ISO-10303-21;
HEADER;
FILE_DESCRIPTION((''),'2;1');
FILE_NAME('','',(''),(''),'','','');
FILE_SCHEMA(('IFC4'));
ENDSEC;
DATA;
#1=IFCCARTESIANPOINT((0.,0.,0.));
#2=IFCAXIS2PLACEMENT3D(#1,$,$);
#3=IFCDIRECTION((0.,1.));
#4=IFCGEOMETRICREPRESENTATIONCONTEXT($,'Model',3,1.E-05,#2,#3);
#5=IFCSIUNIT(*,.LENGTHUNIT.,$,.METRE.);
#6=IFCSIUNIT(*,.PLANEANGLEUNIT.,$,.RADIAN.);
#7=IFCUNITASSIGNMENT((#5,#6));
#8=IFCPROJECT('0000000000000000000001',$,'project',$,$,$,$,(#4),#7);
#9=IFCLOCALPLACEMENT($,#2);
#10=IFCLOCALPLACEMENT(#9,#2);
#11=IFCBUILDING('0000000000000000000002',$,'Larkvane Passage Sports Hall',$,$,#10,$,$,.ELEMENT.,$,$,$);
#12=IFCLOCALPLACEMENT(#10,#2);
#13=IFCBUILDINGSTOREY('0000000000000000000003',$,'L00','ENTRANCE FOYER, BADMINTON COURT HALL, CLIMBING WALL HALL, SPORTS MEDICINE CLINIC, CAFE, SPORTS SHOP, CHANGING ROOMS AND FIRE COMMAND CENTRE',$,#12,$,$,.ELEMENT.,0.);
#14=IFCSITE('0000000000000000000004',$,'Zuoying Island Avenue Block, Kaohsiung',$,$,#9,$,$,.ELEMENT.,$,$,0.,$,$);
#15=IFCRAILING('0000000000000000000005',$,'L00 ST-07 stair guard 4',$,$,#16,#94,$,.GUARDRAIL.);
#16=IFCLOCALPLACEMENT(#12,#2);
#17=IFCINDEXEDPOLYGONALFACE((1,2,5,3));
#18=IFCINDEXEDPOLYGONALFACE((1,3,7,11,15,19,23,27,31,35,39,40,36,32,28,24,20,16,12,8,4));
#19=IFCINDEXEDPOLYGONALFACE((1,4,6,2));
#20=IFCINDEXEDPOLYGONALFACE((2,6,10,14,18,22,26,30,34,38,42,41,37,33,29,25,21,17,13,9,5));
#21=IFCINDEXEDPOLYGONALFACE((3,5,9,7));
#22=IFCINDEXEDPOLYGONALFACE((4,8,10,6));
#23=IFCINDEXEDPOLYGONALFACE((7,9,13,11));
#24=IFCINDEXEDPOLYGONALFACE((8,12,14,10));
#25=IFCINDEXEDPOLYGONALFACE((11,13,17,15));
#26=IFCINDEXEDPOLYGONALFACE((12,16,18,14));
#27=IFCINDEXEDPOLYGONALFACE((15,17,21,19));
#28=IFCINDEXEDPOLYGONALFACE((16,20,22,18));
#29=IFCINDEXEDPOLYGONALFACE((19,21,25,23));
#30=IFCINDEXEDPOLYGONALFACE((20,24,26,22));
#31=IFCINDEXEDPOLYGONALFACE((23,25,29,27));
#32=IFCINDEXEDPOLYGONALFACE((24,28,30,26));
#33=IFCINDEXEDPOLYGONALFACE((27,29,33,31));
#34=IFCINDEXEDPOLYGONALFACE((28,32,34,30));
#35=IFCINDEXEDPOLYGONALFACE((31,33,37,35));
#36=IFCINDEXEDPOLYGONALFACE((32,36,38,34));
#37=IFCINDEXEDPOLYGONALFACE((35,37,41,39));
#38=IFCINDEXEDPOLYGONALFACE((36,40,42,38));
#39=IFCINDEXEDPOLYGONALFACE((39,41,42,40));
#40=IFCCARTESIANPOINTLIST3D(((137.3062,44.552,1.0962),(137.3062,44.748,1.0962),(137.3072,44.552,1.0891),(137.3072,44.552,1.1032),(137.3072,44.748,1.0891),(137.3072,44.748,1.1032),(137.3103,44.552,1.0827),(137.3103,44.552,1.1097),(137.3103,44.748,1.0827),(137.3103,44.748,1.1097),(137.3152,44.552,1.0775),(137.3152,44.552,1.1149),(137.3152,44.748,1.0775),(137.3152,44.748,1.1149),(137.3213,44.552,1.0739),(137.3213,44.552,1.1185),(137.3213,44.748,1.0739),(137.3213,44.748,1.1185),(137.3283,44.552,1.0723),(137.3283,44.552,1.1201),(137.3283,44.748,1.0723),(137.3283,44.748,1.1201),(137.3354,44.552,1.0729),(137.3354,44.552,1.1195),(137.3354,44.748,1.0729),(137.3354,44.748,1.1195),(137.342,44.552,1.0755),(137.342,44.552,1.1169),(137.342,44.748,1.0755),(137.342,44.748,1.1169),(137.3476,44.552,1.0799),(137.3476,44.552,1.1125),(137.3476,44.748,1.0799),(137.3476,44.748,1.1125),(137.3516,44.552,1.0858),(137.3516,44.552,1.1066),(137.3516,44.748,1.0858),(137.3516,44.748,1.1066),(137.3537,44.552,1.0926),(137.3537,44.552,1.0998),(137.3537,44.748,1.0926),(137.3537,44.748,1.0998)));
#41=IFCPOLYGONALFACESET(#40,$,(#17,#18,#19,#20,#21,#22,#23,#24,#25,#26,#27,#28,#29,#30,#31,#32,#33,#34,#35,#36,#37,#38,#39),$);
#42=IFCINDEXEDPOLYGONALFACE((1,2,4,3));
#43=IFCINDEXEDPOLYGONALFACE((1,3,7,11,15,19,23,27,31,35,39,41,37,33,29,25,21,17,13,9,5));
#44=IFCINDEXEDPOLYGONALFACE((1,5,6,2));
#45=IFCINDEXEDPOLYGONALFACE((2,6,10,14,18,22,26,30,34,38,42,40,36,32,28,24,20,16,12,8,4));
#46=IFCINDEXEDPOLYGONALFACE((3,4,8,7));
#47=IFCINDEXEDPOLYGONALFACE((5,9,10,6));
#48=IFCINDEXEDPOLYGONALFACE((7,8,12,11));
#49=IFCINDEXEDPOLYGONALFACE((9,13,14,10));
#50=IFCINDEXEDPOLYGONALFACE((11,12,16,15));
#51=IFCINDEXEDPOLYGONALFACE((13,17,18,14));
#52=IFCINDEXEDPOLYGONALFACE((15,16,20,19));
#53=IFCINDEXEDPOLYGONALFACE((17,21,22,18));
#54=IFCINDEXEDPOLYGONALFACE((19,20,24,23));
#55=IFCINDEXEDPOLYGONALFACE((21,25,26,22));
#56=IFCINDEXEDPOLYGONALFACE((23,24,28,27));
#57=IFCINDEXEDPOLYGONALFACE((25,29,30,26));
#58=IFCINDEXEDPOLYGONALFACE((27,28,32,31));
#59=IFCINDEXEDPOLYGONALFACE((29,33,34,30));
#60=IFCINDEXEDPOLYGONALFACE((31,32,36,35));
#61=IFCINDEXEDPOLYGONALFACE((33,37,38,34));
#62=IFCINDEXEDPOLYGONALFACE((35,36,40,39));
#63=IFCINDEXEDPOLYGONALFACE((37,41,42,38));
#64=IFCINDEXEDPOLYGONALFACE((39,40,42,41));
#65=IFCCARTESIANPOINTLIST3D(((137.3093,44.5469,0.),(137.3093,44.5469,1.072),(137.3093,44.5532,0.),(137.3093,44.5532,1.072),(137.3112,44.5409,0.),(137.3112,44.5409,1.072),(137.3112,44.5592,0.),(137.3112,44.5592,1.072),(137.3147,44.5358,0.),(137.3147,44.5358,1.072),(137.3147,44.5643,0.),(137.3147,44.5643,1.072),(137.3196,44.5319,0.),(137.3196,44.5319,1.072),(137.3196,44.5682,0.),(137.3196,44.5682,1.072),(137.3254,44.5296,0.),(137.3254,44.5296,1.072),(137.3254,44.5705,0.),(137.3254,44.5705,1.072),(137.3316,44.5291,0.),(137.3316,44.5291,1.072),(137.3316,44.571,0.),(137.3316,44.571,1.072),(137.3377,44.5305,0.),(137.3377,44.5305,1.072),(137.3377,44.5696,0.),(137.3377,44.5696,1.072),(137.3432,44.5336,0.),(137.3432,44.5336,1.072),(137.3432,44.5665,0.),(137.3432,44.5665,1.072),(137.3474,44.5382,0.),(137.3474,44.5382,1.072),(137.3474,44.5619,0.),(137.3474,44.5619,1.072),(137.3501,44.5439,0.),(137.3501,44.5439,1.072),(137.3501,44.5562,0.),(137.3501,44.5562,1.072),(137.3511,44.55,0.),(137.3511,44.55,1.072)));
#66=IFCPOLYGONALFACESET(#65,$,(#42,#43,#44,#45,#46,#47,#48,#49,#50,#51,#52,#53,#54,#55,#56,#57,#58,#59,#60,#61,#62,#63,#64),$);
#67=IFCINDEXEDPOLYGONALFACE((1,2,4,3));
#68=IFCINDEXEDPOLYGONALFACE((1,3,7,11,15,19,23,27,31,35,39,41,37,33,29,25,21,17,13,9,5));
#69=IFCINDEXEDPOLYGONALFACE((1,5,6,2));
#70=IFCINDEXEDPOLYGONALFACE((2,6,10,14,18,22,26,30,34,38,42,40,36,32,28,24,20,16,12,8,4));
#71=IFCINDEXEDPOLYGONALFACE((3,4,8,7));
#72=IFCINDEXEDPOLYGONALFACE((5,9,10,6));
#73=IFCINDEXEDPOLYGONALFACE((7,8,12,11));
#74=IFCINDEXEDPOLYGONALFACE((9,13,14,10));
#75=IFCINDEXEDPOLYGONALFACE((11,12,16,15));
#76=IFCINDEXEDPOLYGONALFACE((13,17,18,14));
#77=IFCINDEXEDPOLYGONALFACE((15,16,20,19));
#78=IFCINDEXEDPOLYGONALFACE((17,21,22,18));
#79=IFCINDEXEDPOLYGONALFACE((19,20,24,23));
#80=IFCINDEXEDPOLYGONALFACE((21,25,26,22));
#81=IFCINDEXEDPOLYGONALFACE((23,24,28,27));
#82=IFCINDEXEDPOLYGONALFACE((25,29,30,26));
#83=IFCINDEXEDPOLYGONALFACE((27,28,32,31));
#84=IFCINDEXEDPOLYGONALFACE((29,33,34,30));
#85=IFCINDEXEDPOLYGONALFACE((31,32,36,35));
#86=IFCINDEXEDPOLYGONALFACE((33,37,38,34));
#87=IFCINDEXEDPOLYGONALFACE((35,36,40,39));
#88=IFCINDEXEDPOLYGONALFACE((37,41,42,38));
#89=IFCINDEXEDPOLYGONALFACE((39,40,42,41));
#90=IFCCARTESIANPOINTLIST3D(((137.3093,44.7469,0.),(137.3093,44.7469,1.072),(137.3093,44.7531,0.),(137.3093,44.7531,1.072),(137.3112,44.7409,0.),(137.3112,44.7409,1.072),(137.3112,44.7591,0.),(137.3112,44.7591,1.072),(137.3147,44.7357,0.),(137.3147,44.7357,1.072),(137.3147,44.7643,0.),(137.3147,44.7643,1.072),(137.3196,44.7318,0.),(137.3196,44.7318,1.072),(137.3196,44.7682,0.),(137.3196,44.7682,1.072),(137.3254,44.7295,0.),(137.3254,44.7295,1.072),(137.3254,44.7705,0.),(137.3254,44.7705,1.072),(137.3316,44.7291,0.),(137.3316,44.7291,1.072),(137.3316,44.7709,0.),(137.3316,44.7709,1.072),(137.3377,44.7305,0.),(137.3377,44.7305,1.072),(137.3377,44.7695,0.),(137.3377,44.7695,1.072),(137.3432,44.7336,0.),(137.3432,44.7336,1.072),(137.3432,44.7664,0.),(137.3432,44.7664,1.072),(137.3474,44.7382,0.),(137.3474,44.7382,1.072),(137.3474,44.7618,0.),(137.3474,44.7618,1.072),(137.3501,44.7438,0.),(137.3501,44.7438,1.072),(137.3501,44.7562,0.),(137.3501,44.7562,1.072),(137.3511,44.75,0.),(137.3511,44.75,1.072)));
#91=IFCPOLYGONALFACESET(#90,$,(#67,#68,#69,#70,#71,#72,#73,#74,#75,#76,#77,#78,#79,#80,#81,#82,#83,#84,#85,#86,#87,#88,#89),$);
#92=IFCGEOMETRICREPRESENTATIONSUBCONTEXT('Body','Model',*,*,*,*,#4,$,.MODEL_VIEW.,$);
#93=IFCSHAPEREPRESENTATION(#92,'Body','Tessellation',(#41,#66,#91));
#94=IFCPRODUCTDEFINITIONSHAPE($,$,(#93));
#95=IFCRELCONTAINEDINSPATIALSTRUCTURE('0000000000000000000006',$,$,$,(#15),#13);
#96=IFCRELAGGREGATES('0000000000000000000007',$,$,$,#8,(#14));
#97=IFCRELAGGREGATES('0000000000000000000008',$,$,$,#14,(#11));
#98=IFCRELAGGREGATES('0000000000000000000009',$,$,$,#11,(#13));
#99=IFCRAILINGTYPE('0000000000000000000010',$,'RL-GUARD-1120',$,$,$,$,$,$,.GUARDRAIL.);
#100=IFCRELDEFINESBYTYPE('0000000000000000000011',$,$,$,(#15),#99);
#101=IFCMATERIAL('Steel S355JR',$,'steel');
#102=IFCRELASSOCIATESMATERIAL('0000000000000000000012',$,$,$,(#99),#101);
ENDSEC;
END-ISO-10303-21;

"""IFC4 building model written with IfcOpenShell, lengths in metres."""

from ifc_helpers import new_model, si_unit, direction, frame, origin, origin_2d, place, context, subcontext, project, spatial, circle, extrude, material, type_object, element, save


model = new_model("IFC4")

# Units and contexts
model_context = context("Model", 3, precision=1e-05, world=origin(), true_north=direction((0.0, 1.0)))
body_context = subcontext(model_context, "Body", "Model", "MODEL_VIEW")
ifc_project = project(units=[si_unit("LENGTHUNIT", "METRE"), si_unit("PLANEANGLEUNIT", "RADIAN")], contexts=[model_context])

# Site, building, storey
site_placement = place(None, origin())
site = spatial("IfcSite", under=ifc_project, at=site_placement, Name="Zuoying Island Avenue Block, Kaohsiung", CompositionType="ELEMENT", RefElevation=0.0)
building_placement = place(site_placement, origin())
building = spatial("IfcBuilding", under=site, at=building_placement, Name="Larkvane Passage Sports Hall", CompositionType="ELEMENT")
storey_placement = place(building_placement, origin())
storey = spatial("IfcBuildingStorey", under=building, at=storey_placement, Name="L00", Description="ENTRANCE FOYER, BADMINTON COURT HALL, CLIMBING WALL HALL, SPORTS MEDICINE CLINIC, CAFE, SPORTS SHOP, CHANGING ROOMS AND FIRE COMMAND CENTRE", CompositionType="ELEMENT", Elevation=0.0)

# Shared definitions
ifc_material_1 = material(Name="Steel S355JR", Category="steel")

# Railing
railing_type_1 = type_object("IfcRailingType", Name="RL-GUARD-1120", PredefinedType="GUARDRAIL", material=ifc_material_1)
railing_1_placement = place(storey_placement, frame((137.3301, 44.55, 0.0)))
element("IfcRailing", 1, at=railing_1_placement, inside=storey, type_object=railing_type_1, Name="L00 ST-07 stair guard 4", PredefinedType="GUARDRAIL", context=body_context, shape_type="SweptSolid", body=[
    extrude(circle(Radius=0.0239, at=origin_2d()), frame((0.0, 0.002, 1.0962), z_axis=(0.0, 1.0, 0.0), x_axis=(-1.0, 0.0, 0.0)), (0.0, 0.0, 1.0), 0.196),
    extrude(circle(Radius=0.021, at=origin_2d()), origin(), (0.0, 0.0, 1.0), 1.072),
    extrude(circle(Radius=0.021, at=origin_2d()), frame((0.0, 0.2, 0.0)), (0.0, 0.0, 1.0), 1.072),
])

save(model, "model.ifc")
